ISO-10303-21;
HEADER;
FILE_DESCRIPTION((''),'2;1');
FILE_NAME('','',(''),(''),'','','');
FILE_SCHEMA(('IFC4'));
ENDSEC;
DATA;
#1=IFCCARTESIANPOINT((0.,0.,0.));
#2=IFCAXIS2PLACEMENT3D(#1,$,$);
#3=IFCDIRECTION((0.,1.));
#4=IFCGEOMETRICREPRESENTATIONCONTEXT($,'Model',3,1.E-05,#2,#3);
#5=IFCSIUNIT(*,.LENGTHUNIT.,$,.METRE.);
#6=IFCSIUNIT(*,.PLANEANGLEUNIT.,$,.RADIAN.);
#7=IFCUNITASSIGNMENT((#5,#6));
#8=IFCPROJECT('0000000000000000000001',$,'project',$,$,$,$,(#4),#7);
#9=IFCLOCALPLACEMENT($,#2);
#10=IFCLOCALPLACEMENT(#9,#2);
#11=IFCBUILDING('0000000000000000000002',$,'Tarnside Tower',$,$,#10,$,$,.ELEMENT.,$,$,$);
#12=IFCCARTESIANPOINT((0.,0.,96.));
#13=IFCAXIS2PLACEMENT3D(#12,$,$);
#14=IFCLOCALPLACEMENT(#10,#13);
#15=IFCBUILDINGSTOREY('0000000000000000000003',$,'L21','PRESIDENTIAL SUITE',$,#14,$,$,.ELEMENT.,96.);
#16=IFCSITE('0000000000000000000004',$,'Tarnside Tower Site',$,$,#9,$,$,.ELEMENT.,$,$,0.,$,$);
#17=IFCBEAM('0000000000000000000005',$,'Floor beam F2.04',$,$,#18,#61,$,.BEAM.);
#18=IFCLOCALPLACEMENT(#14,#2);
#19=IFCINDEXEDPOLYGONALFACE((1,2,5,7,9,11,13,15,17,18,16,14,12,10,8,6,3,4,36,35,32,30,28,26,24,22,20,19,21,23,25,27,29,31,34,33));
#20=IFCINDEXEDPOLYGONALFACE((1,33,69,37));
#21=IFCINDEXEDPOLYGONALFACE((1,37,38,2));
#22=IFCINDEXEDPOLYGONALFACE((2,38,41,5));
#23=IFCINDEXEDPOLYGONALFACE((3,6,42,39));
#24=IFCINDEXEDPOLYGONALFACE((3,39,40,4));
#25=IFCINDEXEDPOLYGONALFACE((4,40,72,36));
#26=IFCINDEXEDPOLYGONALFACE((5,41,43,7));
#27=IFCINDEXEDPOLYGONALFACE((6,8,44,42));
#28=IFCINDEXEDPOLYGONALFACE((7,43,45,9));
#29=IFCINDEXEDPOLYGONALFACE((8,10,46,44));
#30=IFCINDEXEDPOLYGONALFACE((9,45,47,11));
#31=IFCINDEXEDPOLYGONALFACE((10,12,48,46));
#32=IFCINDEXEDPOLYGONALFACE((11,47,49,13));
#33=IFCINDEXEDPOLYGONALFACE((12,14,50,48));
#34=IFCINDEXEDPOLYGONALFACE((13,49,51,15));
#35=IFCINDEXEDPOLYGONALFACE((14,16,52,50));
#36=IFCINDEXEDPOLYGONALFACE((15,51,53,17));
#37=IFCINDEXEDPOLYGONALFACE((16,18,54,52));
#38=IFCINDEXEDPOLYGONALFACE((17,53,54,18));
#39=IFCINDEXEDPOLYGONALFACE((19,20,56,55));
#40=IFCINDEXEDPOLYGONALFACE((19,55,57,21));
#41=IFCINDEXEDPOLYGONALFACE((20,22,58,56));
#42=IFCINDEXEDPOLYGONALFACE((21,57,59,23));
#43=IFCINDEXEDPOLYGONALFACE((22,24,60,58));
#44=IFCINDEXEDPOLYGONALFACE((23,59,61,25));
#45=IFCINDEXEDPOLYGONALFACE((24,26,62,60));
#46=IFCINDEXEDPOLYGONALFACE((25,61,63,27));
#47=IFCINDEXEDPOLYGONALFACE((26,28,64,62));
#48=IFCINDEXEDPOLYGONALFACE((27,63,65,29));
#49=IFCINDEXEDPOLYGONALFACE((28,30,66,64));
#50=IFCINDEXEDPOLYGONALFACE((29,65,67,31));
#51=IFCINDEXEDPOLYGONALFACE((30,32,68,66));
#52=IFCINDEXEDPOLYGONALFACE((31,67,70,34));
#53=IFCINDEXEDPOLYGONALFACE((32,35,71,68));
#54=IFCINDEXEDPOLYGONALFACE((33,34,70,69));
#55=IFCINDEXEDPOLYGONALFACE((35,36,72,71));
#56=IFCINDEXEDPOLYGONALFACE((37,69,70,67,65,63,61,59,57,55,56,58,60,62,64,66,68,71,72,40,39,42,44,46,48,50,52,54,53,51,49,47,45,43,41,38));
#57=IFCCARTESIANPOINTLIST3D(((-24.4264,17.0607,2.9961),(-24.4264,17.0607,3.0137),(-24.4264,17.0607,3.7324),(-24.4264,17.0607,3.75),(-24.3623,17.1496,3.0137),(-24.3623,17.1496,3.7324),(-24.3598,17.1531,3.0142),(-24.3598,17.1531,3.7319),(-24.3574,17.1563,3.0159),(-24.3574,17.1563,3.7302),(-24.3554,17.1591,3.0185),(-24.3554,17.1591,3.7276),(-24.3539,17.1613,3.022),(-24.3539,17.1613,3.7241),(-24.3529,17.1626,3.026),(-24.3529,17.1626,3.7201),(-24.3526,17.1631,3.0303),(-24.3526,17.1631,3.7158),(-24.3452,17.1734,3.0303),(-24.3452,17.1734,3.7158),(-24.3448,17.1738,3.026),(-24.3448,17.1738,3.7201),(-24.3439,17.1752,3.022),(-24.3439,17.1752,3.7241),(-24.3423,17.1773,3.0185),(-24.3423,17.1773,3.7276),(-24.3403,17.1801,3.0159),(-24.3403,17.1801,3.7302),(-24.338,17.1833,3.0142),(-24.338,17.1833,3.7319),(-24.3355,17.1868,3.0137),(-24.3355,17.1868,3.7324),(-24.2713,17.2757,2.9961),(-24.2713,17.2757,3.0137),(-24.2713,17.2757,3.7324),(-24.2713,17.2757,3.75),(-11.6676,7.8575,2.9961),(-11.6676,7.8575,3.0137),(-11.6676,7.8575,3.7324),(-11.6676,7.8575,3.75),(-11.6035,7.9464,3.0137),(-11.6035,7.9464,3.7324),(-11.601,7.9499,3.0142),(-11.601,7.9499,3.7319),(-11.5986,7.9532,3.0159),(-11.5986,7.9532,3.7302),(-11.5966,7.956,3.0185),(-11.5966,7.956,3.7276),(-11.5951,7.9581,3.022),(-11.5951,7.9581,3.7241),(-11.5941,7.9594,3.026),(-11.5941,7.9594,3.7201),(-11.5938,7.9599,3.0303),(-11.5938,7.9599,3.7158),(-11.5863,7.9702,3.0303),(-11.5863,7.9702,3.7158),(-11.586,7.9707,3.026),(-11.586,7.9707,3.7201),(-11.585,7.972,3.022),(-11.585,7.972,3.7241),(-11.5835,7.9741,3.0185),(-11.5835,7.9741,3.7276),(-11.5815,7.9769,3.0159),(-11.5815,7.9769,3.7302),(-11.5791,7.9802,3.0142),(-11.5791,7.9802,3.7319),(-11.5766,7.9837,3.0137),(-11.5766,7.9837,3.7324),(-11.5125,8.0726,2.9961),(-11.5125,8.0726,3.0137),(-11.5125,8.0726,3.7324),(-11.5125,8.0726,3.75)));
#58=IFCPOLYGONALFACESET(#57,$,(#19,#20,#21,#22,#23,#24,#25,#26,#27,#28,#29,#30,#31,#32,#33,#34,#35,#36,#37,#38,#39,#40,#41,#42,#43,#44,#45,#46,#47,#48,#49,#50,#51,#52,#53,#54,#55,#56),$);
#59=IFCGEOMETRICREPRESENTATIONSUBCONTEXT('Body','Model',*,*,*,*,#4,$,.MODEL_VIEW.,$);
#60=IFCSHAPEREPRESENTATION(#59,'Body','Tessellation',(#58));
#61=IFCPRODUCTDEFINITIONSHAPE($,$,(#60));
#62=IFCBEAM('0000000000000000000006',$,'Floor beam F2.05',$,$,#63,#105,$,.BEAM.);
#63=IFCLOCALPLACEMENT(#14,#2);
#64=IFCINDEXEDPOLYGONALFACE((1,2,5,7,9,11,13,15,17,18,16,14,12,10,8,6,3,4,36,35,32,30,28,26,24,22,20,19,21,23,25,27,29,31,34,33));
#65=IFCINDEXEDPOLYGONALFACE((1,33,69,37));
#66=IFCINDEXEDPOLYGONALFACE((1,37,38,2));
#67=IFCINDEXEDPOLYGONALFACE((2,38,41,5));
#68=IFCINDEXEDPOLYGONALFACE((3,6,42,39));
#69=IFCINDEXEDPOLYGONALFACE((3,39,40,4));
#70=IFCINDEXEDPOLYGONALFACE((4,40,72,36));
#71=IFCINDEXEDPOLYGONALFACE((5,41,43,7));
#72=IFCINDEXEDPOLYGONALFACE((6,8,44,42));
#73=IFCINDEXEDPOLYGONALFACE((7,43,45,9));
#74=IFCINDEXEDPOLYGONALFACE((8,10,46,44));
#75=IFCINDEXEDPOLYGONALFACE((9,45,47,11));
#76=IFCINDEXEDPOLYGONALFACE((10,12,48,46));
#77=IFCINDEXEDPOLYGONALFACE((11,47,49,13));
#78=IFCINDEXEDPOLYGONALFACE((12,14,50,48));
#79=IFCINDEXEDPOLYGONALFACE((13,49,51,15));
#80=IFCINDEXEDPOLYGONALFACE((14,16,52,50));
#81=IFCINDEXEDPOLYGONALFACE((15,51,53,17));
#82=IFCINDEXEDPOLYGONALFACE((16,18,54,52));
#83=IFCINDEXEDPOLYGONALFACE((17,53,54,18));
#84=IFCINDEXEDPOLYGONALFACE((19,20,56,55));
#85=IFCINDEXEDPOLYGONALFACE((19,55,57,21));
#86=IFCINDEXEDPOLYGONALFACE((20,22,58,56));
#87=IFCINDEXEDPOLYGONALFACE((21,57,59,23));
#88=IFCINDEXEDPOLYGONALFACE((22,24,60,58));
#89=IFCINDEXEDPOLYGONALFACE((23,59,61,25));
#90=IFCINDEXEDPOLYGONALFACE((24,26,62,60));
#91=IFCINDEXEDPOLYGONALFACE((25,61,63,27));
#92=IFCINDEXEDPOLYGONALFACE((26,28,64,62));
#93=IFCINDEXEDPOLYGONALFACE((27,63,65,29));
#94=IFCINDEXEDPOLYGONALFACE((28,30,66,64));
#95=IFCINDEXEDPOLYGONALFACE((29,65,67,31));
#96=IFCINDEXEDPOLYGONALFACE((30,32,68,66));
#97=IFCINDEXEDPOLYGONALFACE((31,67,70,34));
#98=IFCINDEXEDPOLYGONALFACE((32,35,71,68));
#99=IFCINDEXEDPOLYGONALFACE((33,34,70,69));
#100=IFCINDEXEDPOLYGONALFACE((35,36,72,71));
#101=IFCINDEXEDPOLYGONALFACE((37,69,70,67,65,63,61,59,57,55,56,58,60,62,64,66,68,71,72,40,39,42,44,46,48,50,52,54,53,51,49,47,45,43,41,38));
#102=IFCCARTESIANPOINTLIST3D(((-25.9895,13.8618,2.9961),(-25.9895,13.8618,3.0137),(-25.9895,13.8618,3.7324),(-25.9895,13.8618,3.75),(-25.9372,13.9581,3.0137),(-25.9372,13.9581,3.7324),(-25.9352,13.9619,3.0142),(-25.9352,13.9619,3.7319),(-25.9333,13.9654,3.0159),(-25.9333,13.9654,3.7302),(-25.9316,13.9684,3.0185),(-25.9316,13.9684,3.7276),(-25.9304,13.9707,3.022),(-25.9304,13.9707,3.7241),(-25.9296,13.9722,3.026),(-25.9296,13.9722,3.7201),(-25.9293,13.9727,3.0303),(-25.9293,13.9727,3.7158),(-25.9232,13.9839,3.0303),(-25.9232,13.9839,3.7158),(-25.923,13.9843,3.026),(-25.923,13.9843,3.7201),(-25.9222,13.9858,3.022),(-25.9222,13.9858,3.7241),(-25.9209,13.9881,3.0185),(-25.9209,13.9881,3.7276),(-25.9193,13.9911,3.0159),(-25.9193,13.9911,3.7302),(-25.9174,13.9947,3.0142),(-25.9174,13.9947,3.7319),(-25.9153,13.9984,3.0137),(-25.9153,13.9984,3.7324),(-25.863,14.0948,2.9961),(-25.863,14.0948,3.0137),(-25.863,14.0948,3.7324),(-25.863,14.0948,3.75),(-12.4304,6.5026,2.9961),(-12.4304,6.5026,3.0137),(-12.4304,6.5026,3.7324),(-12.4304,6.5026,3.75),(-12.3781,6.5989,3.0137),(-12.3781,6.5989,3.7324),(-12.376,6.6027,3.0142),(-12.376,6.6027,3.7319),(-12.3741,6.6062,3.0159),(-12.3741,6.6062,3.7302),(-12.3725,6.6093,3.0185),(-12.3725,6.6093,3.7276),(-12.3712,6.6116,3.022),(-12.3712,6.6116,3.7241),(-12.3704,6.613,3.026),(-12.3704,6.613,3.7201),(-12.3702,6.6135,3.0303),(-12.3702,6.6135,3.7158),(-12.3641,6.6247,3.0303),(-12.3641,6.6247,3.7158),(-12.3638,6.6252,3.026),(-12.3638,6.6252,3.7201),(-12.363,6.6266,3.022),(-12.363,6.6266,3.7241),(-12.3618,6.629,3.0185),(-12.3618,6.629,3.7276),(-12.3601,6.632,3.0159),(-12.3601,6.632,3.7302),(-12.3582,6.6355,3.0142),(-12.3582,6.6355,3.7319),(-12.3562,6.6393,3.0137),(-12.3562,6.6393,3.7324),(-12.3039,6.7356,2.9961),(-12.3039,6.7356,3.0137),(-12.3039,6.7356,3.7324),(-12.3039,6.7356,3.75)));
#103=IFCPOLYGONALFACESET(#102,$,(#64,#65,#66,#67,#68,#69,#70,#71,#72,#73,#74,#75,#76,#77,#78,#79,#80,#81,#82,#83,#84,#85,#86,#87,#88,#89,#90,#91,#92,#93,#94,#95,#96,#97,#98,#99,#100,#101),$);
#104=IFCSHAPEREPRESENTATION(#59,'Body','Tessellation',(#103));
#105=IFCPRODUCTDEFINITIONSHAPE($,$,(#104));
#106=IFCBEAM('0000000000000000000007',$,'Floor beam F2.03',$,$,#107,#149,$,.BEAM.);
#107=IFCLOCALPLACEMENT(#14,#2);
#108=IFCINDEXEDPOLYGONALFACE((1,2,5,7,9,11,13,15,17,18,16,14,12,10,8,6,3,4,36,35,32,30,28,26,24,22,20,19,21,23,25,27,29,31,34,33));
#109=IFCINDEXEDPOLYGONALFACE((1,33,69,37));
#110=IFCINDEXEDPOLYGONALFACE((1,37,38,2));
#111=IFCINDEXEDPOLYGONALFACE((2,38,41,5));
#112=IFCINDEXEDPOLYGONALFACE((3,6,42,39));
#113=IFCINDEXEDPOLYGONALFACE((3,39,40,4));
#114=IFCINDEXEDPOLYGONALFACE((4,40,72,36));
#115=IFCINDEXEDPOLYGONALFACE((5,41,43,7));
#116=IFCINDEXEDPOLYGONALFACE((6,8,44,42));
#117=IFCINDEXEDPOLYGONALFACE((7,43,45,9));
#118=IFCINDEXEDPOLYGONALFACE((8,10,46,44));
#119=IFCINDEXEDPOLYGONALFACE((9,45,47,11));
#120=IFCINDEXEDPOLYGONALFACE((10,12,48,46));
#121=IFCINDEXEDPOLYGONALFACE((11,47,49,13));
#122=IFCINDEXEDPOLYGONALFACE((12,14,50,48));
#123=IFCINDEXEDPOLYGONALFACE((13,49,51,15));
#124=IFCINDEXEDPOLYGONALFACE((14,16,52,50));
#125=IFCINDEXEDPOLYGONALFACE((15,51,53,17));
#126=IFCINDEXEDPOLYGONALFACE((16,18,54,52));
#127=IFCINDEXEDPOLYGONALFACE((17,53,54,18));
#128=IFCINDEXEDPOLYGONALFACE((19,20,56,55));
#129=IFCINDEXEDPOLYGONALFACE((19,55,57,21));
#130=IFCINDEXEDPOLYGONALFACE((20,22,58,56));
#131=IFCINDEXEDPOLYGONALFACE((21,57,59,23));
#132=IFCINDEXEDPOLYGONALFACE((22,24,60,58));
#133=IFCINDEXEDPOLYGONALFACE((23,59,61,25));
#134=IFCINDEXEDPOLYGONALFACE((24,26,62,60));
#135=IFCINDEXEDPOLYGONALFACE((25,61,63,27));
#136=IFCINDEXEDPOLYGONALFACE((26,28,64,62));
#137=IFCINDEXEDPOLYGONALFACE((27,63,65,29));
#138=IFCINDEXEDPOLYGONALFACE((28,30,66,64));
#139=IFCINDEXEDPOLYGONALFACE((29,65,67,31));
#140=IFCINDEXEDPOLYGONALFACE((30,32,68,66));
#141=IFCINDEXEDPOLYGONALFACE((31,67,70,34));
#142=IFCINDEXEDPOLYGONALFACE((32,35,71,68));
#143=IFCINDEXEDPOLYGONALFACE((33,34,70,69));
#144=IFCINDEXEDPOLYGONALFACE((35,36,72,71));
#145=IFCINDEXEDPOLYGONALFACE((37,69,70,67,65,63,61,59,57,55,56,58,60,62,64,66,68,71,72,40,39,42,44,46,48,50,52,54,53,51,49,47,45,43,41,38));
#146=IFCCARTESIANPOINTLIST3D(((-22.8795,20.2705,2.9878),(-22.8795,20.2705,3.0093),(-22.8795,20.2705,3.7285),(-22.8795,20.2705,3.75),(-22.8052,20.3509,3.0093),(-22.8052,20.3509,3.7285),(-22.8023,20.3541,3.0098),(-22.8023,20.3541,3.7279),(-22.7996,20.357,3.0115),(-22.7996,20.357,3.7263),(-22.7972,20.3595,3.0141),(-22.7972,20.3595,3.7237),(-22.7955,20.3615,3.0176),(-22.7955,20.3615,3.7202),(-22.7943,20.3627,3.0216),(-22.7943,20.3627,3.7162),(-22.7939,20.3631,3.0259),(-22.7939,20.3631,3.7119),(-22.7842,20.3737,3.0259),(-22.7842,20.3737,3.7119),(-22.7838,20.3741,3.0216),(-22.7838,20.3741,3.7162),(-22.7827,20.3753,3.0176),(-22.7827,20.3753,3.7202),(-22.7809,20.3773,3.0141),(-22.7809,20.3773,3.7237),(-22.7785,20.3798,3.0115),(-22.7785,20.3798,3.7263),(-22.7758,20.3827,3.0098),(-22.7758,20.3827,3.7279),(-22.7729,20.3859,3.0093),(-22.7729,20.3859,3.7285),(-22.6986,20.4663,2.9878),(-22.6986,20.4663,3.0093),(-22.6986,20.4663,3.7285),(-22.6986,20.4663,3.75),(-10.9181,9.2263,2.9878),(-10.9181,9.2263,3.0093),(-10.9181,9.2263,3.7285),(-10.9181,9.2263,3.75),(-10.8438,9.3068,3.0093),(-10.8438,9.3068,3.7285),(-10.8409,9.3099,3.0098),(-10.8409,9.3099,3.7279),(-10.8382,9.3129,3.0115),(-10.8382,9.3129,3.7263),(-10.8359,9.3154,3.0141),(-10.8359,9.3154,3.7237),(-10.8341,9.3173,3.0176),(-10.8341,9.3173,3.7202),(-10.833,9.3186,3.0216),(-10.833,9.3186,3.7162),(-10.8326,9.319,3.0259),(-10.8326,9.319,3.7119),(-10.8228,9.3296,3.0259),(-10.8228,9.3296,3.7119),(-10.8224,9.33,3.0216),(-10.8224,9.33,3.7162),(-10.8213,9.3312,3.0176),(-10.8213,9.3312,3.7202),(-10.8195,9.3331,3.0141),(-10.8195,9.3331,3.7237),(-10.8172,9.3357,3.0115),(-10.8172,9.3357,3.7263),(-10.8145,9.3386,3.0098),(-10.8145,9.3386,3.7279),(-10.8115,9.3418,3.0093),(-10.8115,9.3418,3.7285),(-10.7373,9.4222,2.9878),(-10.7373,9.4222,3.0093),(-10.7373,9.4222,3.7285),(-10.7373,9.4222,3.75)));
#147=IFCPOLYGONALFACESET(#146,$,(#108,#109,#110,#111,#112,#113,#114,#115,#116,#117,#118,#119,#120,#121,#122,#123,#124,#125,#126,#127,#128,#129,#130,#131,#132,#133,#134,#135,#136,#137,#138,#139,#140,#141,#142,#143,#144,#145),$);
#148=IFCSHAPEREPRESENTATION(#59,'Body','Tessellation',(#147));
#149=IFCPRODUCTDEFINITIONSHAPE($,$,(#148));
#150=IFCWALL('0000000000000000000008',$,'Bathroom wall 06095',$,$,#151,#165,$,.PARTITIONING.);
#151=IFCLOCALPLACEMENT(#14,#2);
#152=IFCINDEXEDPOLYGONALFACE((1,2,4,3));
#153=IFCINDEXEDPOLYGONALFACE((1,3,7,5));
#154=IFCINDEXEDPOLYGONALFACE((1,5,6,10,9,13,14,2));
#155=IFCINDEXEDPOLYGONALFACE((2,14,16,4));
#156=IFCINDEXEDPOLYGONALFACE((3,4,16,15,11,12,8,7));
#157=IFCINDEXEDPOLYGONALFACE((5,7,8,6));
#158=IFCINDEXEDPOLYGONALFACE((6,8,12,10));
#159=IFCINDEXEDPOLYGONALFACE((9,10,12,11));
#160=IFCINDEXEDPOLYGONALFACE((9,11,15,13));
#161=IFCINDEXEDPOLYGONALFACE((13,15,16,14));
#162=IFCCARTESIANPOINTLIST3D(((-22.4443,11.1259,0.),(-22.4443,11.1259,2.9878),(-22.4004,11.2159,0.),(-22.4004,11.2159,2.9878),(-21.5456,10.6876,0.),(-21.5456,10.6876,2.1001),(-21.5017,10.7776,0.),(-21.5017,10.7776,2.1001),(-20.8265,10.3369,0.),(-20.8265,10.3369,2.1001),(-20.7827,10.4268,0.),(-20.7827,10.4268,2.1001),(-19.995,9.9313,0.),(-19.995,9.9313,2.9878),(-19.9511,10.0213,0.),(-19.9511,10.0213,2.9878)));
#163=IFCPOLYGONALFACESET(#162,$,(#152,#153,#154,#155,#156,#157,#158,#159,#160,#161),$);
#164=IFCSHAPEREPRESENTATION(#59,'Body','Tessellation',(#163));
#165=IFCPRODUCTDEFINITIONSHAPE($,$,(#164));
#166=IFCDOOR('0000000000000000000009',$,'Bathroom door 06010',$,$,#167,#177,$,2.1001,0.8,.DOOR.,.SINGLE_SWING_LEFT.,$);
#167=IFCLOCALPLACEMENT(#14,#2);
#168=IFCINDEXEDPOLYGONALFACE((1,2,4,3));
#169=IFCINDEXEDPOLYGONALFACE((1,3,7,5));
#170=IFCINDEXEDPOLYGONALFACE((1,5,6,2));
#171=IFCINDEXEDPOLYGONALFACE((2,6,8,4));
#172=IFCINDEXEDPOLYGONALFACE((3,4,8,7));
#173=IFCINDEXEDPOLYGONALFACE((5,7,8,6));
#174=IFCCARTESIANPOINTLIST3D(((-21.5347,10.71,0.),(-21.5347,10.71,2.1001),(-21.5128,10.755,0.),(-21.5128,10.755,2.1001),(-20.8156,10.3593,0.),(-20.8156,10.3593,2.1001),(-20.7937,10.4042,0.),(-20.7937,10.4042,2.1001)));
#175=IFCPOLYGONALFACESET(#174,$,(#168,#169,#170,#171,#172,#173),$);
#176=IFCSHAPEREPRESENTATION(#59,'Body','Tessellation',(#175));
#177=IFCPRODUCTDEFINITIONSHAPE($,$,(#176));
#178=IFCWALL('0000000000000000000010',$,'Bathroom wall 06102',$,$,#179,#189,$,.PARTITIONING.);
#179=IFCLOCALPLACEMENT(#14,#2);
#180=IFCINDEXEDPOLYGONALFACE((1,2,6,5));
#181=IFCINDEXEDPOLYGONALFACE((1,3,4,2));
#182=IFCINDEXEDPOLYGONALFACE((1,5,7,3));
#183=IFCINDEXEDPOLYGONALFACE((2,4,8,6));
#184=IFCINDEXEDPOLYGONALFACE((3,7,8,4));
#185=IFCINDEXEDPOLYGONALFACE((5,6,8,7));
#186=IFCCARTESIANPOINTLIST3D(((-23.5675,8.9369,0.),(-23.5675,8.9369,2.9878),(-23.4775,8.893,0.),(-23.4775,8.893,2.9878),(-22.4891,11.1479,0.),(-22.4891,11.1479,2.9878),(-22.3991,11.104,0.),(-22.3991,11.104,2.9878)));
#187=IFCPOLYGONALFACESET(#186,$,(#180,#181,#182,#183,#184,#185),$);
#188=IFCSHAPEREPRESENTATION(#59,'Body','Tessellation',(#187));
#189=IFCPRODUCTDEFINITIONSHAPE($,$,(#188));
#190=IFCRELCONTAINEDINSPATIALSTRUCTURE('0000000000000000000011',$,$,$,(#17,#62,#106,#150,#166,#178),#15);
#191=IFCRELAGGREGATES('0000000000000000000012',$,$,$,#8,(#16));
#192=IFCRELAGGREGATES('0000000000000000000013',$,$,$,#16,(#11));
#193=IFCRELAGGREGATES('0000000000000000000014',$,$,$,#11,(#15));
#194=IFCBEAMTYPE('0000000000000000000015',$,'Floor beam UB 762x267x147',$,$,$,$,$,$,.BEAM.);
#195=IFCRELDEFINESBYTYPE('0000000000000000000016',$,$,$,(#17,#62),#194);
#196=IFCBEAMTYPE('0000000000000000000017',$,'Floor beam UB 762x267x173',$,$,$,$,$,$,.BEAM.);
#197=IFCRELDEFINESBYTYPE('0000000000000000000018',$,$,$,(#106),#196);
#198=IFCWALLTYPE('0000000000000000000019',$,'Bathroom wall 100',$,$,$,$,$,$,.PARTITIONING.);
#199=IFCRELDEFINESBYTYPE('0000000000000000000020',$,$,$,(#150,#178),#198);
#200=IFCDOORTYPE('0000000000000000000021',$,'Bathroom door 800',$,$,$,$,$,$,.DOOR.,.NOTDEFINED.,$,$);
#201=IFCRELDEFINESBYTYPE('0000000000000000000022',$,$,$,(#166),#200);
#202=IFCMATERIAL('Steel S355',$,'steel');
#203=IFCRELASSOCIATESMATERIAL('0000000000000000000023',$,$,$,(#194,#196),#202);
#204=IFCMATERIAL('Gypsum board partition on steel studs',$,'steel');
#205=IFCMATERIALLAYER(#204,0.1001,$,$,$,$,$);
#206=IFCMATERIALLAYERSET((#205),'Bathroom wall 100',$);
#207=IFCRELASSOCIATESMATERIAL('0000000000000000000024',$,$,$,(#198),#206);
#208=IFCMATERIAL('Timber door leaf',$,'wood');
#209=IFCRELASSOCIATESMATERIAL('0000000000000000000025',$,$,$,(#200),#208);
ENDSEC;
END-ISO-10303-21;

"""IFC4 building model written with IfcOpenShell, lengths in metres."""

from ifc_helpers import new_model, si_unit, direction, frame, frame_2d, origin, origin_2d, place, context, subcontext, project, spatial, rectangle, i_section, extrude, material, layer, layer_set, material_profile, profile_set, type_object, element, fill, save


model = new_model("IFC4")

# Units and contexts
model_context = context("Model", 3, precision=1e-05, world=origin(), true_north=direction((0.0, 1.0)))
body_context = subcontext(model_context, "Body", "Model", "MODEL_VIEW")
ifc_project = project(units=[si_unit("LENGTHUNIT", "METRE"), si_unit("PLANEANGLEUNIT", "RADIAN")], contexts=[model_context])

# Site, building, storey
site_placement = place(None, origin())
site = spatial("IfcSite", under=ifc_project, at=site_placement, Name="Tarnside Tower Site", CompositionType="ELEMENT", RefElevation=0.0)
building_placement = place(site_placement, origin())
building = spatial("IfcBuilding", under=site, at=building_placement, Name="Tarnside Tower", CompositionType="ELEMENT")
storey_placement = place(building_placement, frame((0.0, 0.0, 96.0)))
storey = spatial("IfcBuildingStorey", under=building, at=storey_placement, Name="L21", Description="PRESIDENTIAL SUITE", CompositionType="ELEMENT", Elevation=96.0)

# Beams
ifc_material_1 = material(Name="Steel S355", Category="steel")
ifc_material_profile_1 = material_profile(ifc_material_1, i_section(OverallWidth=0.2651, OverallDepth=0.7539, WebThickness=0.0127, FlangeThickness=0.0176, FilletRadius=0.0166, at=origin_2d()), Name="UB 762x267x147")
ifc_profile_set_1 = profile_set([ifc_material_profile_1], Name="Steel S355")
beam_type_1 = type_object("IfcBeamType", Name="Floor beam UB 762x267x147", PredefinedType="BEAM", material=ifc_profile_set_1)
beam_1_placement = place(storey_placement, frame((-24.3489, 17.1682, 3.373), z_axis=(0.811028, -0.585008, 0.0), x_axis=(0.585008, 0.811028, 0.0)))
element("IfcBeam", 1, at=beam_1_placement, inside=storey, type_object=beam_type_1, Name="Floor beam F2.04", PredefinedType="BEAM", context=body_context, shape_type="SweptSolid", body=[
    extrude(i_section(OverallWidth=0.2651, OverallDepth=0.7539, WebThickness=0.0127, FlangeThickness=0.0176, FilletRadius=0.0166, at=origin_2d()), origin(), (0.0, 0.0, 1.0), 15.7317),
])
beam_2_placement = place(storey_placement, frame((-25.9263, 13.9783, 3.373), z_axis=(0.878895, -0.477016, 0.0), x_axis=(0.477016, 0.878895, 0.0)))
element("IfcBeam", 2, at=beam_2_placement, inside=storey, type_object=beam_type_1, Name="Floor beam F2.05", PredefinedType="BEAM", context=body_context, shape_type="SweptSolid", body=[
    extrude(i_section(OverallWidth=0.2651, OverallDepth=0.7539, WebThickness=0.0127, FlangeThickness=0.0176, FilletRadius=0.0166, at=origin_2d()), origin(), (0.0, 0.0, 1.0), 15.4275),
])
ifc_material_profile_2 = material_profile(ifc_material_1, i_section(OverallWidth=0.2666, OverallDepth=0.7622, WebThickness=0.0144, FlangeThickness=0.0215, FilletRadius=0.0166, at=origin_2d()), Name="UB 762x267x173")
ifc_profile_set_2 = profile_set([ifc_material_profile_2], Name="Steel S355")
beam_type_2 = type_object("IfcBeamType", Name="Floor beam UB 762x267x173", PredefinedType="BEAM", material=ifc_profile_set_2)
beam_3_placement = place(storey_placement, frame((-22.7891, 20.3684, 3.3689), z_axis=(0.734715, -0.678375, 0.0), x_axis=(0.678375, 0.734715, 0.0)))
element("IfcBeam", 3, at=beam_3_placement, inside=storey, type_object=beam_type_2, Name="Floor beam F2.03", PredefinedType="BEAM", context=body_context, shape_type="SweptSolid", body=[
    extrude(i_section(OverallWidth=0.2666, OverallDepth=0.7622, WebThickness=0.0144, FlangeThickness=0.0215, FilletRadius=0.0166, at=origin_2d()), origin(), (0.0, 0.0, 1.0), 16.2803),
])

# Wall, opening, door
ifc_material_2 = material(Name="Gypsum board partition on steel studs", Category="steel")
ifc_layer_1 = layer(ifc_material_2, 0.1001)
ifc_layer_set_1 = layer_set([ifc_layer_1], Name="Bathroom wall 100")
wall_type_1 = type_object("IfcWallType", Name="Bathroom wall 100", PredefinedType="PARTITIONING", material=ifc_layer_set_1)
wall_1_placement = place(storey_placement, frame((-22.4224, 11.1709, 0.0), z_axis=(0.0, 0.0, 1.0), x_axis=(0.898792, -0.438376, 0.0)))
wall_1 = element("IfcWall", 4, at=wall_1_placement, inside=storey, type_object=wall_type_1, Name="Bathroom wall 06095", PredefinedType="PARTITIONING", context=body_context, shape_type="SweptSolid", body=[
    extrude(rectangle(XDim=2.7251, YDim=0.1001, at=frame_2d((1.3625, 0.0))), origin(), (0.0, 0.0, 1.0), 2.9878),
])
opening_1_placement = place(wall_1_placement, frame((1.0, 0.0, 0.0)))
opening_1 = element("IfcOpeningElement", 5, at=opening_1_placement, cuts=wall_1, PredefinedType="OPENING", context=body_context, shape_type="SweptSolid", body=[
    extrude(rectangle(XDim=0.8, YDim=2.1001, at=frame_2d((0.3999, 1.05))), frame((0.0, 0.0601, 0.0), z_axis=(0.0, -1.0, 0.0), x_axis=(1.0, 0.0, 0.0)), (0.0, 0.0, 1.0), 0.1201),
])
ifc_material_3 = material(Name="Timber door leaf", Category="wood")
door_type_1 = type_object("IfcDoorType", Name="Bathroom door 800", OperationType="NOTDEFINED", PredefinedType="DOOR", material=ifc_material_3)
door_1_placement = place(opening_1_placement, origin())
door_1 = element("IfcDoor", 6, at=door_1_placement, inside=storey, type_object=door_type_1, Name="Bathroom door 06010", OperationType="SINGLE_SWING_LEFT", OverallHeight=2.1001, OverallWidth=0.8, PredefinedType="DOOR", context=body_context, shape_type="SweptSolid", body=[
    extrude(rectangle(XDim=0.8, YDim=2.1001, at=frame_2d((0.3999, 1.05))), frame((0.0, 0.0249, 0.0), z_axis=(0.0, -1.0, 0.0), x_axis=(1.0, 0.0, 0.0)), (0.0, 0.0, 1.0), 0.05),
])
fill(opening_1, door_1)

# Wall
wall_2_placement = place(storey_placement, frame((-22.4441, 11.126, 0.0), z_axis=(0.0, 0.0, 1.0), x_axis=(-0.438379, -0.89879, 0.0)))
element("IfcWall", 7, at=wall_2_placement, inside=storey, type_object=wall_type_1, Name="Bathroom wall 06102", PredefinedType="PARTITIONING", context=body_context, shape_type="SweptSolid", body=[
    extrude(rectangle(XDim=2.46, YDim=0.1001, at=frame_2d((1.23, 0.0))), origin(), (0.0, 0.0, 1.0), 2.9878),
])

save(model, "model.ifc")
